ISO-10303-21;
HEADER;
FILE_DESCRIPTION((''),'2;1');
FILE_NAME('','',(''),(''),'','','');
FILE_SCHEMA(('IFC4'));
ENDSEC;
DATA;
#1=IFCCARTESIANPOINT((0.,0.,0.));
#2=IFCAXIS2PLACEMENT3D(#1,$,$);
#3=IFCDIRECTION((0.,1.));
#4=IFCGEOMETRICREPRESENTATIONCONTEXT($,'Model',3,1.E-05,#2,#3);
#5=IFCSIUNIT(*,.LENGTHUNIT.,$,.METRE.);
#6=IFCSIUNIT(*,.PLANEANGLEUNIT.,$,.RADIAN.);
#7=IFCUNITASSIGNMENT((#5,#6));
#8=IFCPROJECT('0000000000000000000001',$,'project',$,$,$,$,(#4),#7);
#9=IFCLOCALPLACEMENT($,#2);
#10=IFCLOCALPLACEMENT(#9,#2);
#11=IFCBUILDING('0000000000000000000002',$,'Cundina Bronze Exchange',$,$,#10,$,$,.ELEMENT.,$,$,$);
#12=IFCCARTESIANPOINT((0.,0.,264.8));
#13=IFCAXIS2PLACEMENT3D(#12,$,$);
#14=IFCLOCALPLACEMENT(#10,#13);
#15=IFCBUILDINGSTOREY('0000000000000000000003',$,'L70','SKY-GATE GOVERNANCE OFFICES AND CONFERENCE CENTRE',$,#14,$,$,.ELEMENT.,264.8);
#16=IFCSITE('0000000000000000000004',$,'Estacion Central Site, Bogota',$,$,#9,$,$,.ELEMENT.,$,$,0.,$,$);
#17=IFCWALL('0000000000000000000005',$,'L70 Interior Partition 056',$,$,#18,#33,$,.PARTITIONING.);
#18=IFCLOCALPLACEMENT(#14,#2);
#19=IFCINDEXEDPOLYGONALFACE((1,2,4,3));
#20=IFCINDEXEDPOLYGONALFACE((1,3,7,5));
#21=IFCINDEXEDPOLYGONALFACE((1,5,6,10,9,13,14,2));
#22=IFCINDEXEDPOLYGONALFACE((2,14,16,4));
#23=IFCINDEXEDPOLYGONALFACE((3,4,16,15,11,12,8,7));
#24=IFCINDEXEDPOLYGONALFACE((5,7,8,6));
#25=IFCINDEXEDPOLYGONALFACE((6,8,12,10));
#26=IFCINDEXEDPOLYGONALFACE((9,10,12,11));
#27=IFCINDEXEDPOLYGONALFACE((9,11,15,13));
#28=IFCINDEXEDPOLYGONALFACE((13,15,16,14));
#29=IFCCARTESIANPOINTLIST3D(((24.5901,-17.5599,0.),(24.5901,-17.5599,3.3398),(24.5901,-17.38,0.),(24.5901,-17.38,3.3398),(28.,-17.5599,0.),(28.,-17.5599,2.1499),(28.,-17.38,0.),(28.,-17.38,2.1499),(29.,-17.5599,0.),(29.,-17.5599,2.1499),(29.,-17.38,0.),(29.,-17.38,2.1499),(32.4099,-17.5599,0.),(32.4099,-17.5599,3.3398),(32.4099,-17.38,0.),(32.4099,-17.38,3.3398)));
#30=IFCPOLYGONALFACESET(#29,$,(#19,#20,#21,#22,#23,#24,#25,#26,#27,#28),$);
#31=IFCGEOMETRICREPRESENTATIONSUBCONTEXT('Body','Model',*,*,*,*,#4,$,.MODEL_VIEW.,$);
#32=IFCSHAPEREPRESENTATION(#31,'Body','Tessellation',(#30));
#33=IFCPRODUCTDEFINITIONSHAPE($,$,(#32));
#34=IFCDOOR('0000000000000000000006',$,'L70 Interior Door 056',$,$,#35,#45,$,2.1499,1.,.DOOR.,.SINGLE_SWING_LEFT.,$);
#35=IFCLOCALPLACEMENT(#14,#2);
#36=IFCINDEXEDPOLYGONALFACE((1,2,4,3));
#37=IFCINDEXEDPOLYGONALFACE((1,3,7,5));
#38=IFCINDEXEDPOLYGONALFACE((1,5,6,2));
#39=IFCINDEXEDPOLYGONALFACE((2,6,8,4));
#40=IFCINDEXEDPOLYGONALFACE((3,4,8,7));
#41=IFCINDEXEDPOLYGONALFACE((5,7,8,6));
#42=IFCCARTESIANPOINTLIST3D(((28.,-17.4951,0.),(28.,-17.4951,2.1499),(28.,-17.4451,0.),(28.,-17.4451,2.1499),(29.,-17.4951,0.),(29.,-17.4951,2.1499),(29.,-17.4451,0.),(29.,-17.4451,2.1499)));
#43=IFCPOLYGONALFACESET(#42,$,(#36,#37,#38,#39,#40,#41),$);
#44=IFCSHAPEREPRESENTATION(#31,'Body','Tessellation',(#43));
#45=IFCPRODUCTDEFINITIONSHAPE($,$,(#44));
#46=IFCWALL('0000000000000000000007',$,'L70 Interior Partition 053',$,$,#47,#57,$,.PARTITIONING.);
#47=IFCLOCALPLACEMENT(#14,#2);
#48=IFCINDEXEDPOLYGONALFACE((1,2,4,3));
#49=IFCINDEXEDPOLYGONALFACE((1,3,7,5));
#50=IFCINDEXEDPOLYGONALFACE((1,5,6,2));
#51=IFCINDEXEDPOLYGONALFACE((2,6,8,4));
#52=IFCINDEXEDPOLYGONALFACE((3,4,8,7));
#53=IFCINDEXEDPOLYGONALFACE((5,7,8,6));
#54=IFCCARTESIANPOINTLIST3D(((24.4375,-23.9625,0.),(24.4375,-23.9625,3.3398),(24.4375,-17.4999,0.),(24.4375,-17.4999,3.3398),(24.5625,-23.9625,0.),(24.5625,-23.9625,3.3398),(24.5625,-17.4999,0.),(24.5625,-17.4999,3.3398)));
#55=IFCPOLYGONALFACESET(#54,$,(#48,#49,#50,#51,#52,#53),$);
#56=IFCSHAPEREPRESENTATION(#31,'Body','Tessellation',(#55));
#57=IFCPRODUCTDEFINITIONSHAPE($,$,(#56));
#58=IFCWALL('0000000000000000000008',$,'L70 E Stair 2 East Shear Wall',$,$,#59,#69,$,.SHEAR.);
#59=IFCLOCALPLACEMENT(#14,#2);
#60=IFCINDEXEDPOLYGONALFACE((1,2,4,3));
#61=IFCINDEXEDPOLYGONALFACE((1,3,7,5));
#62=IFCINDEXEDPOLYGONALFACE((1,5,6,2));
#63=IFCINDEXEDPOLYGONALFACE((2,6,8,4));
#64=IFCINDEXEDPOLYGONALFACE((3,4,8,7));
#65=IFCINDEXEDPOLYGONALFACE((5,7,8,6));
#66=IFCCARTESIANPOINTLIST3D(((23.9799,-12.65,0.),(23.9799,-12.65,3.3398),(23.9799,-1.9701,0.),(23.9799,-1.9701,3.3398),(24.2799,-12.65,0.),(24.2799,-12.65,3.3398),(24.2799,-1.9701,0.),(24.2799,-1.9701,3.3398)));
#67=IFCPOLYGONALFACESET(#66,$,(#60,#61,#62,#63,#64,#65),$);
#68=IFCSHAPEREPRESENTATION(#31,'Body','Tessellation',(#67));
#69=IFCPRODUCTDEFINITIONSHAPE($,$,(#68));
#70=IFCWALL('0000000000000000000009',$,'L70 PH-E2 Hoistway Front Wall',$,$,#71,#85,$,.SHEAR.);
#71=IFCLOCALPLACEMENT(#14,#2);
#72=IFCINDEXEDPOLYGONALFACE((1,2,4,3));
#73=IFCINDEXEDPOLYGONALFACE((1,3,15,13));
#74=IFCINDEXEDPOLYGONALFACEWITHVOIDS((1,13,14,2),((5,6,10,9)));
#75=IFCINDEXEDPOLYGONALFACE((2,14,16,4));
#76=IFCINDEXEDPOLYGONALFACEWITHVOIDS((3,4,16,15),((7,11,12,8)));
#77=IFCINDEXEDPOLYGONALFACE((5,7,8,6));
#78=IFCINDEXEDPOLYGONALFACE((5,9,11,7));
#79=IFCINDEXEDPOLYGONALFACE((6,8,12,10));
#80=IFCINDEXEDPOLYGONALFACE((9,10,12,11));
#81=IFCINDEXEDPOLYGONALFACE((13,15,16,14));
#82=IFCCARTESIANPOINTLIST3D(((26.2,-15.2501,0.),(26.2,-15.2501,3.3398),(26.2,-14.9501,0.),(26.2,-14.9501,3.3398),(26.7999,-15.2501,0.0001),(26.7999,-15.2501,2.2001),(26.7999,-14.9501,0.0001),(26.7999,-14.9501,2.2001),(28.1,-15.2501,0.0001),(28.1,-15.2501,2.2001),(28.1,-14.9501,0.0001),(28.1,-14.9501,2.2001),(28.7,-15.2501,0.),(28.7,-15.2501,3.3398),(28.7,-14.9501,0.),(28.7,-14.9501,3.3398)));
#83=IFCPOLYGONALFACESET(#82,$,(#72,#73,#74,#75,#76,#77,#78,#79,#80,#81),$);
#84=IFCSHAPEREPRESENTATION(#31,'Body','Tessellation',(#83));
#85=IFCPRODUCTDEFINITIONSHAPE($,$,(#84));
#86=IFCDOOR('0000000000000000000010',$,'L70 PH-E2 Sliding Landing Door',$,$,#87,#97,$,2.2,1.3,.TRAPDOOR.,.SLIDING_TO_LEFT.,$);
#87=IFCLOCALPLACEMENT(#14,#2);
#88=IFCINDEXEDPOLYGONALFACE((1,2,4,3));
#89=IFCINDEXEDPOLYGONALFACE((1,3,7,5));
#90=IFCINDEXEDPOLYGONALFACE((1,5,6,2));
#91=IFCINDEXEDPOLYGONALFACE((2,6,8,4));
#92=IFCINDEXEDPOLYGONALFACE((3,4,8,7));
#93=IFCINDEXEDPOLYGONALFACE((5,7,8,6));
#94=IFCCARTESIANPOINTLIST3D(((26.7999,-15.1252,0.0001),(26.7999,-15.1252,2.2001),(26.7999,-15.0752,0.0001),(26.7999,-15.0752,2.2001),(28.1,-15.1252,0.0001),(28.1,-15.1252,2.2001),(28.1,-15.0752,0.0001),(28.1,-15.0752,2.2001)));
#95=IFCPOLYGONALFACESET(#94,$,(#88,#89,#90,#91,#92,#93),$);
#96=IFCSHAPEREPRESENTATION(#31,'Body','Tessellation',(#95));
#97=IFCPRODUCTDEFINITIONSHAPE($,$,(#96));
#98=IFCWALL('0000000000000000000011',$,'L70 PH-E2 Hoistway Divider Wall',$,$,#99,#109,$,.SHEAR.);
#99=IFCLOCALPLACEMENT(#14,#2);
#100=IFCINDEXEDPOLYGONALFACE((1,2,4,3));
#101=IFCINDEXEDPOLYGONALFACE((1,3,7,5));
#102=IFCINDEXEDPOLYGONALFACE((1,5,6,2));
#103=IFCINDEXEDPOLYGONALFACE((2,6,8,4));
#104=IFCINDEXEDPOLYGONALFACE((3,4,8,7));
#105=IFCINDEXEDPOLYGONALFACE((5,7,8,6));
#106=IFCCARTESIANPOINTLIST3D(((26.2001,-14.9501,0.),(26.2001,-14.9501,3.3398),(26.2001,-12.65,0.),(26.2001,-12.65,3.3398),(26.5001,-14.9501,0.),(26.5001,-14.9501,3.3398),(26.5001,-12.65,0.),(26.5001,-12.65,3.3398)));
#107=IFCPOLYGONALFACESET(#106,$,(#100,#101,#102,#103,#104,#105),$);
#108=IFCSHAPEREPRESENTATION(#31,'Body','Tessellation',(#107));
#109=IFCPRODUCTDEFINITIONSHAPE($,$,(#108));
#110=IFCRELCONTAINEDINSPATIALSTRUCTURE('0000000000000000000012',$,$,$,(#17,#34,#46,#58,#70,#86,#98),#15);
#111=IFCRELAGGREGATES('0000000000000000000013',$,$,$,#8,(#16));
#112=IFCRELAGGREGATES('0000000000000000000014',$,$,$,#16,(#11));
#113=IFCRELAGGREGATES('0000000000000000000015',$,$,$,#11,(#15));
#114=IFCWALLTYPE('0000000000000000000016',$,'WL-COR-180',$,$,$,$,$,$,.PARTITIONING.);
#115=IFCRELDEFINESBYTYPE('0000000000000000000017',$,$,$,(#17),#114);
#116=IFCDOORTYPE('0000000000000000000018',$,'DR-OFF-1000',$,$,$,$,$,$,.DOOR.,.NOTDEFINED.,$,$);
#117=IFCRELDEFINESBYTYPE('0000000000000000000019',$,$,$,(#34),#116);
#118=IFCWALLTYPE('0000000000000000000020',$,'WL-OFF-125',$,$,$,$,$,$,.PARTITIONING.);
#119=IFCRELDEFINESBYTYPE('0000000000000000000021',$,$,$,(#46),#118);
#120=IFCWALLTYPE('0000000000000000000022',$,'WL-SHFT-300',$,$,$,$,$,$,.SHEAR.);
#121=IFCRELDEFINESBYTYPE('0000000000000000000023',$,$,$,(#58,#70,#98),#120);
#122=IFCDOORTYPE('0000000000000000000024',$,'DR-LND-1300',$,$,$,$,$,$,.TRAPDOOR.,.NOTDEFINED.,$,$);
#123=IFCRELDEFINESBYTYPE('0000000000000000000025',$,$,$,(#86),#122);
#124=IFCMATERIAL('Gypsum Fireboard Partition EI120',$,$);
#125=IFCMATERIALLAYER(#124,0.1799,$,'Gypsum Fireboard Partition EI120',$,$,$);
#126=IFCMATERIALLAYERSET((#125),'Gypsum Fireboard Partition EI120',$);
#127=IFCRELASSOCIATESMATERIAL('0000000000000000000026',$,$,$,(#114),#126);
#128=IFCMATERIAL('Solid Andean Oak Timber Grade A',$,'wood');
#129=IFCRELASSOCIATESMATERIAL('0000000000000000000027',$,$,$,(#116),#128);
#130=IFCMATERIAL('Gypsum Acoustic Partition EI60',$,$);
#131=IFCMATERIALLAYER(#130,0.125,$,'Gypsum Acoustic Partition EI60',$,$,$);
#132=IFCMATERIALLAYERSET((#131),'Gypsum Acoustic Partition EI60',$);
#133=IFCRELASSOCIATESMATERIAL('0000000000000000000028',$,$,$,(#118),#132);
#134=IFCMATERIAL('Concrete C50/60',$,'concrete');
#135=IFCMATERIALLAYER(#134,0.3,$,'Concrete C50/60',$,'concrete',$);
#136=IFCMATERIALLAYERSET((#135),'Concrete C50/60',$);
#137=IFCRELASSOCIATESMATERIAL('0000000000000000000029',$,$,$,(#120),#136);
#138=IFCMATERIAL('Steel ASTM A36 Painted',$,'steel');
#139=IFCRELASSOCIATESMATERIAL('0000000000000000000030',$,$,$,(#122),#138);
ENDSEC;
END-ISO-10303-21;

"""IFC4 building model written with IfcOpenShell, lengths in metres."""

from ifc_helpers import new_model, si_unit, direction, frame, frame_2d, origin, place, context, subcontext, project, spatial, rectangle, extrude, material, layer, layer_set, type_object, element, fill, save


model = new_model("IFC4")

# Units and contexts
model_context = context("Model", 3, precision=1e-05, world=origin(), true_north=direction((0.0, 1.0)))
body_context = subcontext(model_context, "Body", "Model", "MODEL_VIEW")
ifc_project = project(units=[si_unit("LENGTHUNIT", "METRE"), si_unit("PLANEANGLEUNIT", "RADIAN")], contexts=[model_context])

# Site, building, storey
site_placement = place(None, origin())
site = spatial("IfcSite", under=ifc_project, at=site_placement, Name="Estacion Central Site, Bogota", CompositionType="ELEMENT", RefElevation=0.0)
building_placement = place(site_placement, origin())
building = spatial("IfcBuilding", under=site, at=building_placement, Name="Cundina Bronze Exchange", CompositionType="ELEMENT")
storey_placement = place(building_placement, frame((0.0, 0.0, 264.8)))
storey = spatial("IfcBuildingStorey", under=building, at=storey_placement, Name="L70", Description="SKY-GATE GOVERNANCE OFFICES AND CONFERENCE CENTRE", CompositionType="ELEMENT", Elevation=264.8)

# Shared definitions
ifc_material_1 = material(Name="Concrete C50/60", Category="concrete")

# Shared definitions
ifc_material_2 = material(Name="Gypsum Fireboard Partition EI120")
ifc_layer_1 = layer(ifc_material_2, 0.1799, Name="Gypsum Fireboard Partition EI120")
ifc_layer_set_1 = layer_set([ifc_layer_1], Name="Gypsum Fireboard Partition EI120")
wall_type_1 = type_object("IfcWallType", Name="WL-COR-180", PredefinedType="PARTITIONING", material=ifc_layer_set_1)

# Wall, opening, door
wall_1_placement = place(storey_placement, frame((24.5901, -17.47, 0.0), z_axis=(0.0, 0.0, 1.0), x_axis=(1.0, 0.0, 0.0)))
wall_1 = element("IfcWall", 1, at=wall_1_placement, inside=storey, type_object=wall_type_1, Name="L70 Interior Partition 056", PredefinedType="PARTITIONING", context=body_context, shape_type="SweptSolid", body=[
    extrude(rectangle(XDim=7.8198, YDim=0.1799, at=frame_2d((3.9099, 0.0))), origin(), (0.0, 0.0, 1.0), 3.3398),
])
opening_1_placement = place(wall_1_placement, frame((3.4099, 0.0, 0.0)))
opening_1 = element("IfcOpeningElement", 2, at=opening_1_placement, cuts=wall_1, PredefinedType="OPENING", context=body_context, shape_type="SweptSolid", body=[
    extrude(rectangle(XDim=1.0, YDim=2.1499, at=frame_2d((0.5, 1.075))), frame((0.0, 0.0999, 0.0), z_axis=(0.0, -1.0, 0.0), x_axis=(1.0, 0.0, 0.0)), (0.0, 0.0, 1.0), 0.2),
])
ifc_material_3 = material(Name="Solid Andean Oak Timber Grade A", Category="wood")
door_type_1 = type_object("IfcDoorType", Name="DR-OFF-1000", OperationType="NOTDEFINED", PredefinedType="DOOR", material=ifc_material_3)
door_1_placement = place(opening_1_placement, origin())
door_1 = element("IfcDoor", 3, at=door_1_placement, inside=storey, type_object=door_type_1, Name="L70 Interior Door 056", OperationType="SINGLE_SWING_LEFT", OverallHeight=2.1499, OverallWidth=1.0, PredefinedType="DOOR", context=body_context, shape_type="SweptSolid", body=[
    extrude(rectangle(XDim=1.0, YDim=2.1499, at=frame_2d((0.5, 1.075))), frame((0.0, 0.0249, 0.0), z_axis=(0.0, -1.0, 0.0), x_axis=(1.0, 0.0, 0.0)), (0.0, 0.0, 1.0), 0.05),
])
fill(opening_1, door_1)

# Walls
ifc_material_4 = material(Name="Gypsum Acoustic Partition EI60")
ifc_layer_2 = layer(ifc_material_4, 0.125, Name="Gypsum Acoustic Partition EI60")
ifc_layer_set_2 = layer_set([ifc_layer_2], Name="Gypsum Acoustic Partition EI60")
wall_type_2 = type_object("IfcWallType", Name="WL-OFF-125", PredefinedType="PARTITIONING", material=ifc_layer_set_2)
wall_2_placement = place(storey_placement, frame((24.5, -23.9626, 0.0), z_axis=(0.0, 0.0, 1.0), x_axis=(0.0, 1.0, 0.0)))
element("IfcWall", 4, at=wall_2_placement, inside=storey, type_object=wall_type_2, Name="L70 Interior Partition 053", PredefinedType="PARTITIONING", context=body_context, shape_type="SweptSolid", body=[
    extrude(rectangle(XDim=6.4626, YDim=0.125, at=frame_2d((3.2314, 0.0))), origin(), (0.0, 0.0, 1.0), 3.3398),
])
ifc_layer_3 = layer(ifc_material_1, 0.3, Name="Concrete C50/60", Category="concrete")
ifc_layer_set_3 = layer_set([ifc_layer_3], Name="Concrete C50/60")
wall_type_3 = type_object("IfcWallType", Name="WL-SHFT-300", PredefinedType="SHEAR", material=ifc_layer_set_3)
wall_3_placement = place(storey_placement, frame((24.1299, -12.6499, 0.0), z_axis=(0.0, 0.0, 1.0), x_axis=(0.0, 1.0, 0.0)))
element("IfcWall", 5, at=wall_3_placement, inside=storey, type_object=wall_type_3, Name="L70 E Stair 2 East Shear Wall", PredefinedType="SHEAR", context=body_context, shape_type="SweptSolid", body=[
    extrude(rectangle(XDim=10.6799, YDim=0.3, at=frame_2d((5.3398, 0.0))), origin(), (0.0, 0.0, 1.0), 3.3398),
])

# Wall, opening, door
wall_4_placement = place(storey_placement, frame((26.2, -15.1001, 0.0), z_axis=(0.0, 0.0, 1.0), x_axis=(1.0, 0.0, 0.0)))
wall_4 = element("IfcWall", 6, at=wall_4_placement, inside=storey, type_object=wall_type_3, Name="L70 PH-E2 Hoistway Front Wall", PredefinedType="SHEAR", context=body_context, shape_type="SweptSolid", body=[
    extrude(rectangle(XDim=2.5, YDim=0.3, at=frame_2d((1.25, 0.0))), origin(), (0.0, 0.0, 1.0), 3.3398),
])
opening_2_placement = place(wall_4_placement, frame((0.6001, 0.0, 0.0)))
opening_2 = element("IfcOpeningElement", 7, at=opening_2_placement, cuts=wall_4, PredefinedType="OPENING", context=body_context, shape_type="SweptSolid", body=[
    extrude(rectangle(XDim=1.3, YDim=2.2, at=frame_2d((0.6499, 1.1001))), frame((0.0, 0.1599, 0.0), z_axis=(0.0, -1.0, 0.0), x_axis=(1.0, 0.0, 0.0)), (0.0, 0.0, 1.0), 0.3201),
])
ifc_material_5 = material(Name="Steel ASTM A36 Painted", Category="steel")
door_type_2 = type_object("IfcDoorType", Name="DR-LND-1300", OperationType="NOTDEFINED", PredefinedType="TRAPDOOR", material=ifc_material_5)
door_2_placement = place(opening_2_placement, origin())
door_2 = element("IfcDoor", 8, at=door_2_placement, inside=storey, type_object=door_type_2, Name="L70 PH-E2 Sliding Landing Door", OperationType="SLIDING_TO_LEFT", OverallHeight=2.2, OverallWidth=1.3, PredefinedType="TRAPDOOR", context=body_context, shape_type="SweptSolid", body=[
    extrude(rectangle(XDim=1.3, YDim=2.2, at=frame_2d((0.6499, 1.1001))), frame((0.0, 0.0249, 0.0), z_axis=(0.0, -1.0, 0.0), x_axis=(1.0, 0.0, 0.0)), (0.0, 0.0, 1.0), 0.05),
])
fill(opening_2, door_2)

# Wall
wall_5_placement = place(storey_placement, frame((26.3501, -14.95, 0.0), z_axis=(0.0, 0.0, 1.0), x_axis=(0.0, 1.0, 0.0)))
element("IfcWall", 9, at=wall_5_placement, inside=storey, type_object=wall_type_3, Name="L70 PH-E2 Hoistway Divider Wall", PredefinedType="SHEAR", context=body_context, shape_type="SweptSolid", body=[
    extrude(rectangle(XDim=2.3, YDim=0.3, at=frame_2d((1.1499, 0.0))), origin(), (0.0, 0.0, 1.0), 3.3398),
])

save(model, "model.ifc")
